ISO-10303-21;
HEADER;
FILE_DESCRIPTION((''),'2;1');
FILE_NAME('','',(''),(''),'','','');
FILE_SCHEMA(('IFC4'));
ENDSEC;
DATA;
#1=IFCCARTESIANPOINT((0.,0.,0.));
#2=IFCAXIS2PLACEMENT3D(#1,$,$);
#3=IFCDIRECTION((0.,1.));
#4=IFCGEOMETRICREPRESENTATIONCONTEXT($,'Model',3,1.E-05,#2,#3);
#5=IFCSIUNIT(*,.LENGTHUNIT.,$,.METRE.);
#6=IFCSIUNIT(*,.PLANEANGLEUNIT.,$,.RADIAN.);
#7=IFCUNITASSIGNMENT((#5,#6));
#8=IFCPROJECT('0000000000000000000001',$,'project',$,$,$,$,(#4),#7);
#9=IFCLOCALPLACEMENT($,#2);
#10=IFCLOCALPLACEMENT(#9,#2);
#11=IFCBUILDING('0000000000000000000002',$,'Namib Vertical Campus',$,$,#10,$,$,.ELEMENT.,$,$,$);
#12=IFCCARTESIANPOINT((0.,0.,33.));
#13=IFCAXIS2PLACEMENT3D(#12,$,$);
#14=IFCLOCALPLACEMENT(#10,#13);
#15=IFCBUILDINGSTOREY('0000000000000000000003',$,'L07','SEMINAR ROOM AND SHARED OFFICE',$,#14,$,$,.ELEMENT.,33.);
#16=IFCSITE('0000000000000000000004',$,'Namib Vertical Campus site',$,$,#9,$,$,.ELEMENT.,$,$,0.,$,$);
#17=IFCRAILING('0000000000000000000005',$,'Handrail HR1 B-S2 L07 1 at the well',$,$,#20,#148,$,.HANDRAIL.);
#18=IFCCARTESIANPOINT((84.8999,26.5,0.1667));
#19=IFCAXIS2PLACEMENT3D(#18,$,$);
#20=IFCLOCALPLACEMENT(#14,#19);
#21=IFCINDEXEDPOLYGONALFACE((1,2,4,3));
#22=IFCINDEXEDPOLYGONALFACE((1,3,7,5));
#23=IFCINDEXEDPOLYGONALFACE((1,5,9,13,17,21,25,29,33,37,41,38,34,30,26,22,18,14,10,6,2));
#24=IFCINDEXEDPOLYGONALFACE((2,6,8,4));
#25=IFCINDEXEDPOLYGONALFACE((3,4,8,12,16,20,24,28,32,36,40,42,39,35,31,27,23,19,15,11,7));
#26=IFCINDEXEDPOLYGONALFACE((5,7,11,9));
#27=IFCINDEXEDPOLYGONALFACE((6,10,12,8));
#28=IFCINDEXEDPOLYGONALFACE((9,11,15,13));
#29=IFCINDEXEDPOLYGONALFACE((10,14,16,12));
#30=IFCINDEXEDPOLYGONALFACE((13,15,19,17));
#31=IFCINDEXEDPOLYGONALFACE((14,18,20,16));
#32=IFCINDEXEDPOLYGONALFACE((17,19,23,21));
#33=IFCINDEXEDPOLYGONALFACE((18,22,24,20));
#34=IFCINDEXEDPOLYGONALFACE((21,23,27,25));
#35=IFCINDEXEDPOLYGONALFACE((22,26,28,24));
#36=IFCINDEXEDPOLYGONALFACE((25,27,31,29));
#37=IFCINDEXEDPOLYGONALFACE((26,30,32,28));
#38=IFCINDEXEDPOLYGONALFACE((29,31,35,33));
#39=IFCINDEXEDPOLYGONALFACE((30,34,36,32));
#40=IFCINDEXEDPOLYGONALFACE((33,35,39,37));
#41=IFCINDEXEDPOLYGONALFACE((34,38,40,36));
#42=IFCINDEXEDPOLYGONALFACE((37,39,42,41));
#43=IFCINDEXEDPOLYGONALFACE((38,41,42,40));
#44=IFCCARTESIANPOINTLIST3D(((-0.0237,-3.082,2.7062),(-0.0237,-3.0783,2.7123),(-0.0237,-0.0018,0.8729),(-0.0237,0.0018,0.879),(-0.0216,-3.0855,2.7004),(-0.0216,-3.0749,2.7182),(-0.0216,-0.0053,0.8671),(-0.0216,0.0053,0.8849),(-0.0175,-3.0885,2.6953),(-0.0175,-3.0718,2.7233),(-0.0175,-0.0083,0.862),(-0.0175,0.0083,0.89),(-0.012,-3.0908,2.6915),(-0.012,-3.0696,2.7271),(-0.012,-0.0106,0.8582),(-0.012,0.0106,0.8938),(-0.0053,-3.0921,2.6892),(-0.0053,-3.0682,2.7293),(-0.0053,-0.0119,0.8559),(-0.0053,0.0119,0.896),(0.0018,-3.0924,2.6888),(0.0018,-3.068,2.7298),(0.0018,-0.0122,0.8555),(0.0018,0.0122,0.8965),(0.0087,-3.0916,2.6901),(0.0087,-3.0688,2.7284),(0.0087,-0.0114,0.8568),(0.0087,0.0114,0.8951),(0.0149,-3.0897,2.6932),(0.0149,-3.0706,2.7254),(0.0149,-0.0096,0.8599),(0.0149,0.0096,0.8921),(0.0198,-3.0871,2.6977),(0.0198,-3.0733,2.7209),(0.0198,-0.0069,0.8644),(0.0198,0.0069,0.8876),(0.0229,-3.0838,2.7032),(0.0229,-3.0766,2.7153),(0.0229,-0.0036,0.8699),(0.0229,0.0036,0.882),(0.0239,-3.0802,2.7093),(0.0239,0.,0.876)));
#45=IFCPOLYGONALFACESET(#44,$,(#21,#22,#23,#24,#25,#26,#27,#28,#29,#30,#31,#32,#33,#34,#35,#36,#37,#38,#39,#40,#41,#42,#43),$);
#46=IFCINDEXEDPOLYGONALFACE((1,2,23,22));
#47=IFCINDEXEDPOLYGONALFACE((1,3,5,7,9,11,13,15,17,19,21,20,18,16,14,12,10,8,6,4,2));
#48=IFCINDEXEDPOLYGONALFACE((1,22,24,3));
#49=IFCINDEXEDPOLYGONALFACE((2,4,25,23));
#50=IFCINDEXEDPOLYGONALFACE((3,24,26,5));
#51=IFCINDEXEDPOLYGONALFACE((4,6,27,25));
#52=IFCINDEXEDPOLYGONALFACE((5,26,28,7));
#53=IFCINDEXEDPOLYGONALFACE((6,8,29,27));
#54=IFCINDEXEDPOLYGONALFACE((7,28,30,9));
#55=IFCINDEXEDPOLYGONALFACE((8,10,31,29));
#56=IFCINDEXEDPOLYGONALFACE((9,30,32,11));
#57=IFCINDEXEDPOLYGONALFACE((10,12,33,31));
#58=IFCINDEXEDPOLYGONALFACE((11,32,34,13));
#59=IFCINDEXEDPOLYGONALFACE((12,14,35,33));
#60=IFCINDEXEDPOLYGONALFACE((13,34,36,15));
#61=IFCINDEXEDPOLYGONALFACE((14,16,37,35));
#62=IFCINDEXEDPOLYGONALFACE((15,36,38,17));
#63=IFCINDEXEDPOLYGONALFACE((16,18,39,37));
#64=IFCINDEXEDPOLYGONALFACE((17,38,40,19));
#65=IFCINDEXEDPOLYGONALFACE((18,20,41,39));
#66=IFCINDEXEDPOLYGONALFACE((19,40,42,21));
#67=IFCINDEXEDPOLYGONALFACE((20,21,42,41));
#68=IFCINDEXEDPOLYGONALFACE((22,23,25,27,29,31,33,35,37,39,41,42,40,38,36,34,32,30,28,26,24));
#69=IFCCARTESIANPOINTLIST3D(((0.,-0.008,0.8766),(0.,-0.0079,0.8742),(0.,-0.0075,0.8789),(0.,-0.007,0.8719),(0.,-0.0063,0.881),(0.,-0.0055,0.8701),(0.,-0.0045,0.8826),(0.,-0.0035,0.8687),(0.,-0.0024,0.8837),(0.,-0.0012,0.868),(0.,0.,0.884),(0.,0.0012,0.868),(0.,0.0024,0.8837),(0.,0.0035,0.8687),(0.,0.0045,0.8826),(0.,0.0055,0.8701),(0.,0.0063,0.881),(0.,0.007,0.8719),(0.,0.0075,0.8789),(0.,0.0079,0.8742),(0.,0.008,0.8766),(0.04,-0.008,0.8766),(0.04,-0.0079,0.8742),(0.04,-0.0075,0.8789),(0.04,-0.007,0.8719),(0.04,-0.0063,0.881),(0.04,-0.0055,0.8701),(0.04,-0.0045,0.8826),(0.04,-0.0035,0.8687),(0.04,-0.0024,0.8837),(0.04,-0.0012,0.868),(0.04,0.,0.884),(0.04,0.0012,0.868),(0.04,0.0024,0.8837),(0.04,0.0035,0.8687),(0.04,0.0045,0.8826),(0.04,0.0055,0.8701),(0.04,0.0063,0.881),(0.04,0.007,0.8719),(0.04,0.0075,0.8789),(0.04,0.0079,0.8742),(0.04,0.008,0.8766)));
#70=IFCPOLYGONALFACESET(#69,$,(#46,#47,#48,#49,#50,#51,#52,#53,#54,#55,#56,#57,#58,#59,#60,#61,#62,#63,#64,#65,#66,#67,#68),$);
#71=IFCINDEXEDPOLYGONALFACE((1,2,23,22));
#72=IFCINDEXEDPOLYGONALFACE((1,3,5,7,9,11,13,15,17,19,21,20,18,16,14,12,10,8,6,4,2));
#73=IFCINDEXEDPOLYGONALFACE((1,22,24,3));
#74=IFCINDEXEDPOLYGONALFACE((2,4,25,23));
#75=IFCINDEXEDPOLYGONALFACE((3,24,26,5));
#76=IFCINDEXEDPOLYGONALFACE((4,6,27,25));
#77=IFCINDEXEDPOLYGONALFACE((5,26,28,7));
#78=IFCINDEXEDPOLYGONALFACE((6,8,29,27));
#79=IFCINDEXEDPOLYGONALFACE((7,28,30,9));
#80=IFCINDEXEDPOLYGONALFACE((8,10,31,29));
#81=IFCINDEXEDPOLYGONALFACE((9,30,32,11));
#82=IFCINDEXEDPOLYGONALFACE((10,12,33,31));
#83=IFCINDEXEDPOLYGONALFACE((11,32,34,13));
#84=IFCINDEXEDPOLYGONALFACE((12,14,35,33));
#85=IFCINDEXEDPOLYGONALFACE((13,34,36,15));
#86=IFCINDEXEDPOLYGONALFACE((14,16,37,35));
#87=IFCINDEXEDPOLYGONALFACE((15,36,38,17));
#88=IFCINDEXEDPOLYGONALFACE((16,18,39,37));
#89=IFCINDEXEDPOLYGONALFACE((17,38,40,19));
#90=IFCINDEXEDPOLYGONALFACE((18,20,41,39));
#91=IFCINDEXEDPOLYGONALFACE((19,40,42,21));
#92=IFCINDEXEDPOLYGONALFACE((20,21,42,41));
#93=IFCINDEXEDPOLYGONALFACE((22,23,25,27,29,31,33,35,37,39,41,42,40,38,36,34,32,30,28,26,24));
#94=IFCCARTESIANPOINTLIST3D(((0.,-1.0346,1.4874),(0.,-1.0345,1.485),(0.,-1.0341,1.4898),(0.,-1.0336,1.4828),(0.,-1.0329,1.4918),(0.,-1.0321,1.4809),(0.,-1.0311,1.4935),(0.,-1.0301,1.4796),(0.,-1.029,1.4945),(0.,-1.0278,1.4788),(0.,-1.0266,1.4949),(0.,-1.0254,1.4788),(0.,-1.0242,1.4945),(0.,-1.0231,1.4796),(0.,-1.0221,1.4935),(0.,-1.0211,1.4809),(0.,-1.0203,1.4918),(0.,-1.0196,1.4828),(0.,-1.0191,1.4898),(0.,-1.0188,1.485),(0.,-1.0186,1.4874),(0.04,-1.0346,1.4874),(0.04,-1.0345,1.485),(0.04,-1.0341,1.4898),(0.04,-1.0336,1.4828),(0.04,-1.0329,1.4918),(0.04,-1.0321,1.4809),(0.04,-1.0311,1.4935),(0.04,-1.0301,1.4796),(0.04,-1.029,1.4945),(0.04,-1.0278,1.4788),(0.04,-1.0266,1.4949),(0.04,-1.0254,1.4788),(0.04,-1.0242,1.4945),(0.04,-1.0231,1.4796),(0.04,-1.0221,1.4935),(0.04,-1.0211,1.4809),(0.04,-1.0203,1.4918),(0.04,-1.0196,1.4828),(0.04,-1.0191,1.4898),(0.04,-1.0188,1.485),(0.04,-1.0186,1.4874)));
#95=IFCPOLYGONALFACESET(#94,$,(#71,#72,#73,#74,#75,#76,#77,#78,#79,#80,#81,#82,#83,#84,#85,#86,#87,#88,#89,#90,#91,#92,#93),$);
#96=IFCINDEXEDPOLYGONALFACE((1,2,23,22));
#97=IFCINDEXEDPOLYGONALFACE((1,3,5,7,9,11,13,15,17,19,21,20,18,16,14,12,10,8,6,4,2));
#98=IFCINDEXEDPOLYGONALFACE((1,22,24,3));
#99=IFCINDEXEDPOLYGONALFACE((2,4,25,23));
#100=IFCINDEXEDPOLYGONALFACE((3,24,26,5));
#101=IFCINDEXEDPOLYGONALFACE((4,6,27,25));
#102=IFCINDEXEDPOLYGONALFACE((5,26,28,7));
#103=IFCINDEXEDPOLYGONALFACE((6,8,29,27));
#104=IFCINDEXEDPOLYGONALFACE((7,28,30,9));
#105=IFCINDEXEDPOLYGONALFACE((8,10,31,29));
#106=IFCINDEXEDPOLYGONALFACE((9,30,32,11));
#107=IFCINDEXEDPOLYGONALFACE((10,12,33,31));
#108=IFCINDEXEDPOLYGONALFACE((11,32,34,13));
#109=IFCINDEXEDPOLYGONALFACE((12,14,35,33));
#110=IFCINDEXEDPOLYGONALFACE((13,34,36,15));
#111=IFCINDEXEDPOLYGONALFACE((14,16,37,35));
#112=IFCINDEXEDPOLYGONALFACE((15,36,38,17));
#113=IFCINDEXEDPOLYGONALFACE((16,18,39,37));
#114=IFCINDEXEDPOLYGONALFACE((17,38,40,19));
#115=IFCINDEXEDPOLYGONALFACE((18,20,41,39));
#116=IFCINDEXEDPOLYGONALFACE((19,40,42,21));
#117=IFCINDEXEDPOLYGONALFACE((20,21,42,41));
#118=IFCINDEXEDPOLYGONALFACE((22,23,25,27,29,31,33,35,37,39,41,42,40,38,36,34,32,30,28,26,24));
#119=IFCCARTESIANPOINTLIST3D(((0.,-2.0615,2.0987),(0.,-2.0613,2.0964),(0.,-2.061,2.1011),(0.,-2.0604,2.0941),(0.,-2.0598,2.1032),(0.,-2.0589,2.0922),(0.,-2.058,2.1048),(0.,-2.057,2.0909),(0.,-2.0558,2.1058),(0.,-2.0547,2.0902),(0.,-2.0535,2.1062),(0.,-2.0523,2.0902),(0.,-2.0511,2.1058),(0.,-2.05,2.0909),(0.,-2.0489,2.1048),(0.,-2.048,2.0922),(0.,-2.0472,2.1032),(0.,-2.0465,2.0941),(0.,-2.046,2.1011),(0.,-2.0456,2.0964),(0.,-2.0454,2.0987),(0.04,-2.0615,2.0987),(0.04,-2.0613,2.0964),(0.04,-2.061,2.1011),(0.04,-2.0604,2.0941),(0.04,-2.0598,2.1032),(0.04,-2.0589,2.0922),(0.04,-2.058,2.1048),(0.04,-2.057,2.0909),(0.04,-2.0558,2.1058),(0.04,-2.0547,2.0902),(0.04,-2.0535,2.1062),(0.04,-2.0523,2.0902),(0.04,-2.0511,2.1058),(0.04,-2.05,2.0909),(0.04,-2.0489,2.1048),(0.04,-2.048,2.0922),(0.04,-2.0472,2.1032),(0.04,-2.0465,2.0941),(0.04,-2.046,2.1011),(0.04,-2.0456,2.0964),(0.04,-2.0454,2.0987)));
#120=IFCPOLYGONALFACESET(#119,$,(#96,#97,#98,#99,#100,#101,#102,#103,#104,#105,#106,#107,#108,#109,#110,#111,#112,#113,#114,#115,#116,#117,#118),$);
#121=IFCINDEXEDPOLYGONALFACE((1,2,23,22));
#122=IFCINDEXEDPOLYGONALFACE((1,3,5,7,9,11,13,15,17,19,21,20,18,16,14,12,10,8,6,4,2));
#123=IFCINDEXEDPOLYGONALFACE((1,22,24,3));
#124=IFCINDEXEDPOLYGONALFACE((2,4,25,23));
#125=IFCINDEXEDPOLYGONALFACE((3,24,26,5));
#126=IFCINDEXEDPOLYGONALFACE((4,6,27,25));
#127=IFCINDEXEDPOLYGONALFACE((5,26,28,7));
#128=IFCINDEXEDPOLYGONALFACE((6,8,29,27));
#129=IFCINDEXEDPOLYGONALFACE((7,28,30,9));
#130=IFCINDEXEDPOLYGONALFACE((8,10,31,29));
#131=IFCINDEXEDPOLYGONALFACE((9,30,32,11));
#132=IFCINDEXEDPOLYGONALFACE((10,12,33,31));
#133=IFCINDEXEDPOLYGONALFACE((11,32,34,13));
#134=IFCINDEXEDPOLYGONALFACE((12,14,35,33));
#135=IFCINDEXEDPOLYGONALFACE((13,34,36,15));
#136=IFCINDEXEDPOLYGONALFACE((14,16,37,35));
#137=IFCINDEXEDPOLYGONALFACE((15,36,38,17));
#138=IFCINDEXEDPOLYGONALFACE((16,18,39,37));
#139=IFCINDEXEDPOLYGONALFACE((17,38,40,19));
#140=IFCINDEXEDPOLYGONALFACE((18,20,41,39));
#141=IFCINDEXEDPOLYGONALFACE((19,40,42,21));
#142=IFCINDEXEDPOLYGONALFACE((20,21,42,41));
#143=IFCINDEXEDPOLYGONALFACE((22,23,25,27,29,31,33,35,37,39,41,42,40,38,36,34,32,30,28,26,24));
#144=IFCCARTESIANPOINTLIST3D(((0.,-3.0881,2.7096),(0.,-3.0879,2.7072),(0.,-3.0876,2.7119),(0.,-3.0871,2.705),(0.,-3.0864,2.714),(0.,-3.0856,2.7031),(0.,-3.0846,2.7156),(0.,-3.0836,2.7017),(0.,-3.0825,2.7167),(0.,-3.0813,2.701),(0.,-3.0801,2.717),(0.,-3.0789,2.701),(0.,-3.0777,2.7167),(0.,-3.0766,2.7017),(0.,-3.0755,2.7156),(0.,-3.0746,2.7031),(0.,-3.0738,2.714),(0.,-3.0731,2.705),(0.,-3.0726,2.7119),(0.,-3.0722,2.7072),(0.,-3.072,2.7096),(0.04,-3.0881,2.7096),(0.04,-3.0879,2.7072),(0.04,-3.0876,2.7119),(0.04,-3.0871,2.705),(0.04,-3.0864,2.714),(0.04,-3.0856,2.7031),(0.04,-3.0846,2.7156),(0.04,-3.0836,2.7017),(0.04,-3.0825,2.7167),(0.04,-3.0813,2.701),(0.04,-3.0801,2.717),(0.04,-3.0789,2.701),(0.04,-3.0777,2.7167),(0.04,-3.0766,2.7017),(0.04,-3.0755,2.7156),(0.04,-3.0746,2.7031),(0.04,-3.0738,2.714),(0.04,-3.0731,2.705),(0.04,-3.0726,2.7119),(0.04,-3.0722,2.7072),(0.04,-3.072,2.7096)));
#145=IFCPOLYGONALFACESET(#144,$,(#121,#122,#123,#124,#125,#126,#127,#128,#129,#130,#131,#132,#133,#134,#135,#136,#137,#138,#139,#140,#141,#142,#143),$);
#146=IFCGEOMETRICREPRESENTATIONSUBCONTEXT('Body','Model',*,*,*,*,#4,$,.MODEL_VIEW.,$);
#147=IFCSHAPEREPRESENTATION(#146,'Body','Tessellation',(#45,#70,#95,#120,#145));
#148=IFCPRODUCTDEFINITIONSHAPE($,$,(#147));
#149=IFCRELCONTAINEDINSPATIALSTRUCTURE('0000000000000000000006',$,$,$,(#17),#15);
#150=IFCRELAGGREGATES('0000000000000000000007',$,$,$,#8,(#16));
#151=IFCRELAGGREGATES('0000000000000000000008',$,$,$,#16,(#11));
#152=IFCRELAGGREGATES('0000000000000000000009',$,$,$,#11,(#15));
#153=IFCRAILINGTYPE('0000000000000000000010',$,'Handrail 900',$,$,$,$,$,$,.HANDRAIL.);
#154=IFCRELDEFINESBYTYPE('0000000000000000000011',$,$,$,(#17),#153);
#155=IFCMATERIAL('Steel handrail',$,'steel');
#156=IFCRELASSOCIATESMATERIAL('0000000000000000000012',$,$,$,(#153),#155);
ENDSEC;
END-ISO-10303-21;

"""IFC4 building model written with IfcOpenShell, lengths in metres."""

from ifc_helpers import new_model, si_unit, direction, frame, origin, origin_2d, place, context, subcontext, project, spatial, circle, extrude, material, type_object, element, save


model = new_model("IFC4")

# Units and contexts
model_context = context("Model", 3, precision=1e-05, world=origin(), true_north=direction((0.0, 1.0)))
body_context = subcontext(model_context, "Body", "Model", "MODEL_VIEW")
ifc_project = project(units=[si_unit("LENGTHUNIT", "METRE"), si_unit("PLANEANGLEUNIT", "RADIAN")], contexts=[model_context])

# Site, building, storey
site_placement = place(None, origin())
site = spatial("IfcSite", under=ifc_project, at=site_placement, Name="Namib Vertical Campus site", CompositionType="ELEMENT", RefElevation=0.0)
building_placement = place(site_placement, origin())
building = spatial("IfcBuilding", under=site, at=building_placement, Name="Namib Vertical Campus", CompositionType="ELEMENT")
storey_placement = place(building_placement, frame((0.0, 0.0, 33.0)))
storey = spatial("IfcBuildingStorey", under=building, at=storey_placement, Name="L07", Description="SEMINAR ROOM AND SHARED OFFICE", CompositionType="ELEMENT", Elevation=33.0)

# Railing
ifc_material_1 = material(Name="Steel handrail", Category="steel")
railing_type_1 = type_object("IfcRailingType", Name="Handrail 900", PredefinedType="HANDRAIL", material=ifc_material_1)
railing_1_placement = place(storey_placement, frame((84.8999, 26.5, 0.1667)))
element("IfcRailing", 1, at=railing_1_placement, inside=storey, type_object=railing_type_1, Name="Handrail HR1 B-S2 L07 1 at the well", PredefinedType="HANDRAIL", context=body_context, shape_type="SweptSolid", body=[
    extrude(circle(Radius=0.0239, at=origin_2d()), frame((0.0, 0.0, 0.876), z_axis=(0.0, -0.859309, 0.511458), x_axis=(1.0, 0.0, 0.0)), (0.0, 0.0, 1.0), 3.5845),
    extrude(circle(Radius=0.0081, at=origin_2d()), frame((0.0, 0.0, 0.876), z_axis=(1.0, 0.0, 0.0), x_axis=(0.0, 0.0, 1.0)), (0.0, 0.0, 1.0), 0.04),
    extrude(circle(Radius=0.0081, at=origin_2d()), frame((0.0, -1.0266, 1.4868), z_axis=(1.0, 0.0, 0.0), x_axis=(0.0, 0.0, 1.0)), (0.0, 0.0, 1.0), 0.04),
    extrude(circle(Radius=0.0081, at=origin_2d()), frame((0.0, -2.0535, 2.0981), z_axis=(1.0, 0.0, 0.0), x_axis=(0.0, 0.0, 1.0)), (0.0, 0.0, 1.0), 0.04),
    extrude(circle(Radius=0.0081, at=origin_2d()), frame((0.0, -3.0801, 2.709), z_axis=(1.0, 0.0, 0.0), x_axis=(0.0, 0.0, 1.0)), (0.0, 0.0, 1.0), 0.04),
])

save(model, "model.ifc")
